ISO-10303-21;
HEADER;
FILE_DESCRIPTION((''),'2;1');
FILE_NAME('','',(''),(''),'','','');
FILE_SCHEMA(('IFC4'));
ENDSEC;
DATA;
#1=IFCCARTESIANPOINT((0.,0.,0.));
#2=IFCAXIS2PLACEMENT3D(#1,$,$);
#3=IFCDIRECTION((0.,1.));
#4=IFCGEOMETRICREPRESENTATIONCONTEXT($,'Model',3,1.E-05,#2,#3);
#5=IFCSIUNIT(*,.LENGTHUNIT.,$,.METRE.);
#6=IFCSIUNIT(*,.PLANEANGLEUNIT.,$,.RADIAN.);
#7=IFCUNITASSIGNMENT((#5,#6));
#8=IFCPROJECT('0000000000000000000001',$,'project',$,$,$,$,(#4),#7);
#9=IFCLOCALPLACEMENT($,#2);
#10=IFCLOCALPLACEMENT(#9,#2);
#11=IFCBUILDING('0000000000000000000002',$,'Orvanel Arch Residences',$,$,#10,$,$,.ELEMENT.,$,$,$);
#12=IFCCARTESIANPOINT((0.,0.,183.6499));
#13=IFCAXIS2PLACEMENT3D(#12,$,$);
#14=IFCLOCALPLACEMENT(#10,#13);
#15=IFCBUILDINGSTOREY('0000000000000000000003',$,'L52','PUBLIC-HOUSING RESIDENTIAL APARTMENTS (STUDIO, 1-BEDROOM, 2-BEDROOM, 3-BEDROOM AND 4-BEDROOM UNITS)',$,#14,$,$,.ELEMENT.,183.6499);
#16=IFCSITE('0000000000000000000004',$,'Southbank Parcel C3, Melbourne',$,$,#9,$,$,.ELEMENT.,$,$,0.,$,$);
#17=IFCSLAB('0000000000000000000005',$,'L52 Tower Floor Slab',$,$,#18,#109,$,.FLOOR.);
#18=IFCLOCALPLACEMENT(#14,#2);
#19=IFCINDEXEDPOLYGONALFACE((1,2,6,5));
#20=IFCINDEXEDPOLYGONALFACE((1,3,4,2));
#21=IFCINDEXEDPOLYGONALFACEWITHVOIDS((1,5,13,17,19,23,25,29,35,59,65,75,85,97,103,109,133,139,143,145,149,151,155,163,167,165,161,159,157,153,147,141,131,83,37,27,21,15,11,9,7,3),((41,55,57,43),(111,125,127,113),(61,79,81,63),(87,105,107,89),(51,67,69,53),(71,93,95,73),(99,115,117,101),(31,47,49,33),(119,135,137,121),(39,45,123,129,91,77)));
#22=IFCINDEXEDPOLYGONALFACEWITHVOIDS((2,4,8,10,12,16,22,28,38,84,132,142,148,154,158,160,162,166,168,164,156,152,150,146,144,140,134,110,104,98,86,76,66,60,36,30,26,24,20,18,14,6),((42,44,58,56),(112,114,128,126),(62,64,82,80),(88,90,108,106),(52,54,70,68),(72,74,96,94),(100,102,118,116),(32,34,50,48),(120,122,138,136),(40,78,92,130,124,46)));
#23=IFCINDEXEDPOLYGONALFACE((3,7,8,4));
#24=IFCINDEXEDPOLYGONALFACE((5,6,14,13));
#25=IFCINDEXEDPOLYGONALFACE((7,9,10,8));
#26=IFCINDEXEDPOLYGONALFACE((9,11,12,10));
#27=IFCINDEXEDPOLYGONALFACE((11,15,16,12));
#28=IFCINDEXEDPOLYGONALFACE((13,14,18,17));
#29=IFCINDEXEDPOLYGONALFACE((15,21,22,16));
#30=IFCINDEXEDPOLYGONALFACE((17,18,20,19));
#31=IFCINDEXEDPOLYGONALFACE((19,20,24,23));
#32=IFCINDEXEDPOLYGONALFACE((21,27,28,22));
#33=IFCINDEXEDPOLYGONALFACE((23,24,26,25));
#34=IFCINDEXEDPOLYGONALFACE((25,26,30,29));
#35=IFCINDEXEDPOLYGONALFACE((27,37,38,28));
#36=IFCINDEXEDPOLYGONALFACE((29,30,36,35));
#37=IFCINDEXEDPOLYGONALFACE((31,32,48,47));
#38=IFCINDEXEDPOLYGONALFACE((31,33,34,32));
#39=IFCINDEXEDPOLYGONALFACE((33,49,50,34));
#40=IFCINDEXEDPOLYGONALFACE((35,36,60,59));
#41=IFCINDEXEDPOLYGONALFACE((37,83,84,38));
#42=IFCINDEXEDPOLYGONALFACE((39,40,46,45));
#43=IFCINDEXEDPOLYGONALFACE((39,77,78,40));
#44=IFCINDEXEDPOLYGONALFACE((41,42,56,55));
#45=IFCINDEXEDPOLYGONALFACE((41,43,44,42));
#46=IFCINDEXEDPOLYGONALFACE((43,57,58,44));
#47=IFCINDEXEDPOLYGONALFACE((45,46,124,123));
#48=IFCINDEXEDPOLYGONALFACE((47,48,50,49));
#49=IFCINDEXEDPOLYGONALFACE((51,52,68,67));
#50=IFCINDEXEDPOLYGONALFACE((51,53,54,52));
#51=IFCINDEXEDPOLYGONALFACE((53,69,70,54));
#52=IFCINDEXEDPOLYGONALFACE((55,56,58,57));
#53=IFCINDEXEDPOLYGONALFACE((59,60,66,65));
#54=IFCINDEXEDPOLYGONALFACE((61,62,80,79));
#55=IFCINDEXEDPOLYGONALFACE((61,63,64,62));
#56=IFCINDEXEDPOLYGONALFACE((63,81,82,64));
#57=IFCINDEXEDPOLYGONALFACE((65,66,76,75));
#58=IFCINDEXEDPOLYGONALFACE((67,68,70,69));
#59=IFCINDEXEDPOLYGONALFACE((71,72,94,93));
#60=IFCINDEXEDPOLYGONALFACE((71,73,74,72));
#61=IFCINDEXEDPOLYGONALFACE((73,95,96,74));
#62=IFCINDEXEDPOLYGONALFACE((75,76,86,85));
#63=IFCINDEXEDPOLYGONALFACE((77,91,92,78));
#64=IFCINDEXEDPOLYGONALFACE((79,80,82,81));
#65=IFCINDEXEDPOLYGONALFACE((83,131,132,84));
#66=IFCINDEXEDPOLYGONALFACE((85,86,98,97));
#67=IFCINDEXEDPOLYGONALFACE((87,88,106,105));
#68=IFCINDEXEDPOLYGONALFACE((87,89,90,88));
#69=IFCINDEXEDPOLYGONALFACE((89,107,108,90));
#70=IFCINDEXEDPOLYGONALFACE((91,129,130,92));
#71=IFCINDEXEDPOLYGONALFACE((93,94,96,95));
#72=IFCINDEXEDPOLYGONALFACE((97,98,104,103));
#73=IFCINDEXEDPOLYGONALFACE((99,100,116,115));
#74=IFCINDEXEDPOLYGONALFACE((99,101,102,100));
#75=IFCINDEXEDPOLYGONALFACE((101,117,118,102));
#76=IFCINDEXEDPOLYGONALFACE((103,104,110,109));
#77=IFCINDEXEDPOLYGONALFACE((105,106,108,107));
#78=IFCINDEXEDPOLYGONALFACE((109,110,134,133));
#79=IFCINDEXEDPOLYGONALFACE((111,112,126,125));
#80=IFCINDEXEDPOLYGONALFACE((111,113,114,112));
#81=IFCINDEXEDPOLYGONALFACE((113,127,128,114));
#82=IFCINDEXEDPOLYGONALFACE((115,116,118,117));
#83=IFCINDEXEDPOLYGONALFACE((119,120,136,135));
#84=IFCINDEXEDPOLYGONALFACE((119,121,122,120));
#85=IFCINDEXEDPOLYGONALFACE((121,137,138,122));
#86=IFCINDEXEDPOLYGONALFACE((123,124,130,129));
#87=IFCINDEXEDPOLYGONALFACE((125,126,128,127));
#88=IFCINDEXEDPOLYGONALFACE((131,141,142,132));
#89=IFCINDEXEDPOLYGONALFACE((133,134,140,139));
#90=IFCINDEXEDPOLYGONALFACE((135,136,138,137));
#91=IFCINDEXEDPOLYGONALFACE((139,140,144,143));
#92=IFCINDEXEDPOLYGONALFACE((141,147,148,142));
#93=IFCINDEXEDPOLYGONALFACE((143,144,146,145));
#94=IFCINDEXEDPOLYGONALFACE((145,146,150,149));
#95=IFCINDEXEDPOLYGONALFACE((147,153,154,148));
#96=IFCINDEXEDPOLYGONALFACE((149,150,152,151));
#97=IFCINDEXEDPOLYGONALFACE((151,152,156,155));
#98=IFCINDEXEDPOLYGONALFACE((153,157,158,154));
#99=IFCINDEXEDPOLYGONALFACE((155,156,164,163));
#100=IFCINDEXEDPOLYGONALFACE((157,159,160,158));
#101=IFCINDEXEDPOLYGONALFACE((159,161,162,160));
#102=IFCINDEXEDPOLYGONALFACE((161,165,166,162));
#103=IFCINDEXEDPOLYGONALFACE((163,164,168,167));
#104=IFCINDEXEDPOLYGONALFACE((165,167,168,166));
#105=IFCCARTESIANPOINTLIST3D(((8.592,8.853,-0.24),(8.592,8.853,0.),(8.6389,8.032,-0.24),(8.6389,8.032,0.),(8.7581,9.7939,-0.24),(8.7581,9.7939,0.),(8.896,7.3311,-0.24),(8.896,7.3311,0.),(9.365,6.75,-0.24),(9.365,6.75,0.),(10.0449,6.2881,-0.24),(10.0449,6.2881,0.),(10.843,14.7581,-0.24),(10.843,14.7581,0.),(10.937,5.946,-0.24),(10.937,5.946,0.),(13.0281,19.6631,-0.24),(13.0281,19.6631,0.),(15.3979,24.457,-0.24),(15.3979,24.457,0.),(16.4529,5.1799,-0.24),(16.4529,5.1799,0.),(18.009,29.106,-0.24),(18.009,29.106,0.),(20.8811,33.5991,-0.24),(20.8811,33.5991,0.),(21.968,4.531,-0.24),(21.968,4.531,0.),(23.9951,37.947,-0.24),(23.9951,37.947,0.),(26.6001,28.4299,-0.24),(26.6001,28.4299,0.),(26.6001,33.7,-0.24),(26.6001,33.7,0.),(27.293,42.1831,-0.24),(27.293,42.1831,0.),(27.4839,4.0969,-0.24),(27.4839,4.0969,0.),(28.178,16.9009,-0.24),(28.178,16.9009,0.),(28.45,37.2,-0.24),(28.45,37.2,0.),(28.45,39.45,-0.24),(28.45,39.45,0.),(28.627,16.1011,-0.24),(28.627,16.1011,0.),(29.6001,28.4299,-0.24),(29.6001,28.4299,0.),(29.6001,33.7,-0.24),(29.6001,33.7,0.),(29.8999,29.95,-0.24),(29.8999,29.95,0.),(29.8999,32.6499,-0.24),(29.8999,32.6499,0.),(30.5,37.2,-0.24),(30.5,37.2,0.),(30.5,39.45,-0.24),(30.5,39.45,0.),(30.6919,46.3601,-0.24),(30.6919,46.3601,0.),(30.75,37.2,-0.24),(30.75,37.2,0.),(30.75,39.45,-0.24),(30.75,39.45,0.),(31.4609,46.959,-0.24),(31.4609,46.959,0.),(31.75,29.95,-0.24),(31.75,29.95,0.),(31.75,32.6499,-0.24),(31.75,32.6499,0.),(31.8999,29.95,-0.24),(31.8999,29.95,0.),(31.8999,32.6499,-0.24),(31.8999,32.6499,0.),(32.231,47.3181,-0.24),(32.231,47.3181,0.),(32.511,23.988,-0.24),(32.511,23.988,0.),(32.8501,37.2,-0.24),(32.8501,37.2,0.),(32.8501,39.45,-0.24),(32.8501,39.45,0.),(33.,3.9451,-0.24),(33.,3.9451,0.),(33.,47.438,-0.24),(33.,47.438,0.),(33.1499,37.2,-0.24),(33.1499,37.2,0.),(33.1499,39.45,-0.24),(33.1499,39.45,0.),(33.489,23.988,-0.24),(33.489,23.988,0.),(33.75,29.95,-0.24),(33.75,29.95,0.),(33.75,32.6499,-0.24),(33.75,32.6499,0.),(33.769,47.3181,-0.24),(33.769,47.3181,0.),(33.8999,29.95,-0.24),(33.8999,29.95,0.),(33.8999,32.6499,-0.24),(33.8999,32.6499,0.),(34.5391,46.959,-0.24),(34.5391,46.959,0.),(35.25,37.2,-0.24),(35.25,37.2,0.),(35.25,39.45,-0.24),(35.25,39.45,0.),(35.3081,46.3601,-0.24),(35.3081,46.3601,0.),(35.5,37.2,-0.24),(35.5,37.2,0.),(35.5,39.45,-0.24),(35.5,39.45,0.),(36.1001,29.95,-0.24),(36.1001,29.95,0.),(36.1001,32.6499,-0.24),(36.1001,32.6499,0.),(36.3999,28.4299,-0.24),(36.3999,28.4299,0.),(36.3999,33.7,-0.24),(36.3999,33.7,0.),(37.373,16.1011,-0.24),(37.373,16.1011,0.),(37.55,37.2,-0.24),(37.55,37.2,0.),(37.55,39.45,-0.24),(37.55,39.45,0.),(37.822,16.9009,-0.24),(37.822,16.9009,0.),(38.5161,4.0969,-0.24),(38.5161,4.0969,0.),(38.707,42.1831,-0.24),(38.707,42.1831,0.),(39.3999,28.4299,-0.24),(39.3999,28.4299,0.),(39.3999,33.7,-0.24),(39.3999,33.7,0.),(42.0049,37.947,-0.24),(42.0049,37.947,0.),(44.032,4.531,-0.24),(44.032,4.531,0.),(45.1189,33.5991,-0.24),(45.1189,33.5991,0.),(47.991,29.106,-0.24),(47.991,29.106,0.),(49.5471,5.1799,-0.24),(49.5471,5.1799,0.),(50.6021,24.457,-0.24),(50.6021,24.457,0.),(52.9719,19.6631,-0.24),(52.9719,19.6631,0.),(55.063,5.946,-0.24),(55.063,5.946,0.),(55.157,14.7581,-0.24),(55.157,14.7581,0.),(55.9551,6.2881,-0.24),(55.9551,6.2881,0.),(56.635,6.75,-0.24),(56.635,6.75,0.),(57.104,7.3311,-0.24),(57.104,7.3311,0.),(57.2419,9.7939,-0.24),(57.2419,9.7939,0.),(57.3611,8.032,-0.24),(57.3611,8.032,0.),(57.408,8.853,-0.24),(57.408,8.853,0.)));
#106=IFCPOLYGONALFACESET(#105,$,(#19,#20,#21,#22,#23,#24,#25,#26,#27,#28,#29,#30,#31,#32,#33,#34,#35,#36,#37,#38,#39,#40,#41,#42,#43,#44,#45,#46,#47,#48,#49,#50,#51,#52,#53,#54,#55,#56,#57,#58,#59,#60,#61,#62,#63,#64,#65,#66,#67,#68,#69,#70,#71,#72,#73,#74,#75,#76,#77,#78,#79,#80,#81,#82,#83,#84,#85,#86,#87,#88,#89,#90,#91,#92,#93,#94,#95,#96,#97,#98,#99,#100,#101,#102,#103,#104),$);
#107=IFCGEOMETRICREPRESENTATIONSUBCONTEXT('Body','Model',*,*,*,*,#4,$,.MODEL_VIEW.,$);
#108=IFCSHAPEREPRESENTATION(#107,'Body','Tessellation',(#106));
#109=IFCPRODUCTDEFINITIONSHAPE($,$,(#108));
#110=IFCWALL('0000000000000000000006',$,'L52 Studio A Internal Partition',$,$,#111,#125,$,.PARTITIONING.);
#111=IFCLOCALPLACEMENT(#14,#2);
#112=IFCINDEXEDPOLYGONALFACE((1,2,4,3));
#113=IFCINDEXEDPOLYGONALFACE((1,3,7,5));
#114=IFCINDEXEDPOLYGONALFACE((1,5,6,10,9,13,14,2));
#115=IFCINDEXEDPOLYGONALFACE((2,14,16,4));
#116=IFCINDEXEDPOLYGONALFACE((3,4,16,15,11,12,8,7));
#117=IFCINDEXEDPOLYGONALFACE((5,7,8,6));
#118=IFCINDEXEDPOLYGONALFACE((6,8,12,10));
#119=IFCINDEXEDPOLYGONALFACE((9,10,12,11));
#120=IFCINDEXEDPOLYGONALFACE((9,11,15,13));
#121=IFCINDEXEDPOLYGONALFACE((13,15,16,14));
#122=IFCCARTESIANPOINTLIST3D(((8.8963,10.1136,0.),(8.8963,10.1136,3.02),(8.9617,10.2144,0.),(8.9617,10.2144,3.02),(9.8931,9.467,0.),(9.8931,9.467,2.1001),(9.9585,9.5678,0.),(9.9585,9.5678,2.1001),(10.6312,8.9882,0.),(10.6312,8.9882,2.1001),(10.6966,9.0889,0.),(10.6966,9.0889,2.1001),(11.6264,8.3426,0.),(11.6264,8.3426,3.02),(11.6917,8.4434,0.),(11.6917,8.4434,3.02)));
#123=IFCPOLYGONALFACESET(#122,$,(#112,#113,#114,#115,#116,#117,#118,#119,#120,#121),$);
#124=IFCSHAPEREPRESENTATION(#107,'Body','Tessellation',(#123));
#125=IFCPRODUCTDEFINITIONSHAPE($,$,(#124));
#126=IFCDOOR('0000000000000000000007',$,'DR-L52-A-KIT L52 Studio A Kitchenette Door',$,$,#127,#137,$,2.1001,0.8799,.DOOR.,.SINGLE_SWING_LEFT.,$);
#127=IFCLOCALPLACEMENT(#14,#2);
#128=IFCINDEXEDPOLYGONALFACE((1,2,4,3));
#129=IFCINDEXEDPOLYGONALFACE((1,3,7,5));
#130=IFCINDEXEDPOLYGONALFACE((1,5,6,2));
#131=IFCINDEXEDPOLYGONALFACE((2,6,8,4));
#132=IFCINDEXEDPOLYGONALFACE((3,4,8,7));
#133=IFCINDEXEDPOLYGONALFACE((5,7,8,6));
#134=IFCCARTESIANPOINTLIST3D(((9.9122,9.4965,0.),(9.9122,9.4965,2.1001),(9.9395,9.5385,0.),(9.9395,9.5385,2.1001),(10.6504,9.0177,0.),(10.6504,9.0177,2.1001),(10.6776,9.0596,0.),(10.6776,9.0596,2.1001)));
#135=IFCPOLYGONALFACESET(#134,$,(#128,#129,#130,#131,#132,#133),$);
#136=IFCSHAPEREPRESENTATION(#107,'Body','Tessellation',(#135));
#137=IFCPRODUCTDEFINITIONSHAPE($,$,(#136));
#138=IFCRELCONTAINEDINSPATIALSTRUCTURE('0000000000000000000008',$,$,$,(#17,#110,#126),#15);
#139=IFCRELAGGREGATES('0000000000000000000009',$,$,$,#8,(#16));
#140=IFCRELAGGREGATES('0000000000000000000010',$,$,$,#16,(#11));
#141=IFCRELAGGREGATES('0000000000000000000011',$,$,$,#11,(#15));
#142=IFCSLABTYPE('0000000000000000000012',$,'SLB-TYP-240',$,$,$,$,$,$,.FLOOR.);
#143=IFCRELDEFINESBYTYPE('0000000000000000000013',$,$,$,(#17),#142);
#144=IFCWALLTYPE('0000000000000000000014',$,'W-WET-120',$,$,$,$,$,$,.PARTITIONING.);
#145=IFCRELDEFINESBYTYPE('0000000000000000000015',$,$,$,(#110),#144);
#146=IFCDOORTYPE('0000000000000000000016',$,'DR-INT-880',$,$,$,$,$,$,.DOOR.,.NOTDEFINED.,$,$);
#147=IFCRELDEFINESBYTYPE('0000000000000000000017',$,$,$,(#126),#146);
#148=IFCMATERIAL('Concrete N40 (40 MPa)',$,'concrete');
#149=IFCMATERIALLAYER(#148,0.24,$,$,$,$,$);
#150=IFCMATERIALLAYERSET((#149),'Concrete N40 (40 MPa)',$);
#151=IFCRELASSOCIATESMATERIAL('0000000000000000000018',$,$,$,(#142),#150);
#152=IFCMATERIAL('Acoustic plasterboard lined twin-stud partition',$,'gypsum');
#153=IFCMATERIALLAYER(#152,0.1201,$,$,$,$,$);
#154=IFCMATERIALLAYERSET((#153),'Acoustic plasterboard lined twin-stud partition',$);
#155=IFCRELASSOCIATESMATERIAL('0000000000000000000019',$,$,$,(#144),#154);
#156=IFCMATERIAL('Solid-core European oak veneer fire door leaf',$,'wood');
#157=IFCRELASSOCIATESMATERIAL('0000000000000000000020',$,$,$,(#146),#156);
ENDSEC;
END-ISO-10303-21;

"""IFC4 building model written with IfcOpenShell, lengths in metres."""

from ifc_helpers import new_model, si_unit, direction, frame, frame_2d, origin, place, context, subcontext, project, spatial, polyline, rectangle, outline, extrude, material, layer, layer_set, type_object, element, fill, save


model = new_model("IFC4")

# Units and contexts
model_context = context("Model", 3, precision=1e-05, world=origin(), true_north=direction((0.0, 1.0)))
body_context = subcontext(model_context, "Body", "Model", "MODEL_VIEW")
ifc_project = project(units=[si_unit("LENGTHUNIT", "METRE"), si_unit("PLANEANGLEUNIT", "RADIAN")], contexts=[model_context])

# Site, building, storey
site_placement = place(None, origin())
site = spatial("IfcSite", under=ifc_project, at=site_placement, Name="Southbank Parcel C3, Melbourne", CompositionType="ELEMENT", RefElevation=0.0)
building_placement = place(site_placement, origin())
building = spatial("IfcBuilding", under=site, at=building_placement, Name="Orvanel Arch Residences", CompositionType="ELEMENT")
storey_placement = place(building_placement, frame((0.0, 0.0, 183.6499)))
storey = spatial("IfcBuildingStorey", under=building, at=storey_placement, Name="L52", Description="PUBLIC-HOUSING RESIDENTIAL APARTMENTS (STUDIO, 1-BEDROOM, 2-BEDROOM, 3-BEDROOM AND 4-BEDROOM UNITS)", CompositionType="ELEMENT", Elevation=183.6499)

# Shared definitions
ifc_material_1 = material(Name="Concrete N40 (40 MPa)", Category="concrete")

# Slab
ifc_layer_1 = layer(ifc_material_1, 0.24)
ifc_layer_set_1 = layer_set([ifc_layer_1], Name="Concrete N40 (40 MPa)")
slab_type_1 = type_object("IfcSlabType", Name="SLB-TYP-240", PredefinedType="FLOOR", material=ifc_layer_set_1)
slab_1_placement = place(storey_placement, frame((0.0, 0.0, -0.24)))
element("IfcSlab", 1, at=slab_1_placement, inside=storey, type_object=slab_type_1, Name="L52 Tower Floor Slab", PredefinedType="FLOOR", context=body_context, shape_type="SweptSolid", body=[
    extrude(outline(polyline([(35.3081, 46.3601), (34.5391, 46.959), (33.769, 47.3181), (33.0, 47.438), (32.231, 47.3181), (31.4609, 46.959), (30.6919, 46.3601), (27.293, 42.1831), (23.9951, 37.947), (20.8811, 33.5991), (18.009, 29.106), (15.3979, 24.457), (13.0281, 19.6631), (10.843, 14.7581), (8.7581, 9.7939), (8.592, 8.853), (8.6389, 8.032), (8.896, 7.3311), (9.365, 6.75), (10.0449, 6.2881), (10.937, 5.946), (16.4529, 5.1799), (21.968, 4.531), (27.4839, 4.0969), (33.0, 3.9451), (38.5161, 4.0969), (44.032, 4.531), (49.5471, 5.1799), (55.063, 5.946), (55.9551, 6.2881), (56.635, 6.75), (57.104, 7.3311), (57.3611, 8.032), (57.408, 8.853), (57.2419, 9.7939), (55.157, 14.7581), (52.9719, 19.6631), (50.6021, 24.457), (47.991, 29.106), (45.1189, 33.5991), (42.0049, 37.947), (38.707, 42.1831), (35.3081, 46.3601)]), holes=[polyline([(26.6001, 28.4299), (26.6001, 33.7), (29.6001, 33.7), (29.6001, 28.4299), (26.6001, 28.4299)]), polyline([(36.3999, 28.4299), (36.3999, 33.7), (39.3999, 33.7), (39.3999, 28.4299), (36.3999, 28.4299)]), polyline([(29.8999, 32.6499), (31.75, 32.6499), (31.75, 29.95), (29.8999, 29.95), (29.8999, 32.6499)]), polyline([(31.8999, 32.6499), (33.75, 32.6499), (33.75, 29.95), (31.8999, 29.95), (31.8999, 32.6499)]), polyline([(33.8999, 32.6499), (36.1001, 32.6499), (36.1001, 29.95), (33.8999, 29.95), (33.8999, 32.6499)]), polyline([(28.45, 39.45), (30.5, 39.45), (30.5, 37.2), (28.45, 37.2), (28.45, 39.45)]), polyline([(35.5, 39.45), (37.55, 39.45), (37.55, 37.2), (35.5, 37.2), (35.5, 39.45)]), polyline([(30.75, 39.45), (32.8501, 39.45), (32.8501, 37.2), (30.75, 37.2), (30.75, 39.45)]), polyline([(33.1499, 39.45), (35.25, 39.45), (35.25, 37.2), (33.1499, 37.2), (33.1499, 39.45)]), polyline([(37.822, 16.9009), (37.373, 16.1011), (28.627, 16.1011), (28.178, 16.9009), (32.511, 23.988), (33.489, 23.988), (37.822, 16.9009)])]), origin(), (0.0, 0.0, 1.0), 0.24),
])

# Wall, opening, door
ifc_material_2 = material(Name="Acoustic plasterboard lined twin-stud partition", Category="gypsum")
ifc_layer_2 = layer(ifc_material_2, 0.1201)
ifc_layer_set_2 = layer_set([ifc_layer_2], Name="Acoustic plasterboard lined twin-stud partition")
wall_type = type_object("IfcWallType", Name="W-WET-120", PredefinedType="PARTITIONING", material=ifc_layer_set_2)
wall_placement = place(storey_placement, frame((11.6589, 8.3931, 0.0), z_axis=(0.0, 0.0, 1.0), x_axis=(-0.838934, 0.544234, 0.0)))
wall = element("IfcWall", 2, at=wall_placement, inside=storey, type_object=wall_type, Name="L52 Studio A Internal Partition", PredefinedType="PARTITIONING", context=body_context, shape_type="SweptSolid", body=[
    extrude(rectangle(XDim=3.2542, YDim=0.1201, at=frame_2d((1.627, 0.0))), origin(), (0.0, 0.0, 1.0), 3.02),
])
opening_placement = place(wall_placement, frame((1.186, 0.0, 0.0)))
opening = element("IfcOpeningElement", 3, at=opening_placement, cuts=wall, PredefinedType="OPENING", context=body_context, shape_type="SweptSolid", body=[
    extrude(rectangle(XDim=0.8799, YDim=2.1001, at=frame_2d((0.4399, 1.05))), frame((0.0, 0.0701, 0.0), z_axis=(0.0, -1.0, 0.0), x_axis=(1.0, 0.0, 0.0)), (0.0, 0.0, 1.0), 0.1401),
])
ifc_material_3 = material(Name="Solid-core European oak veneer fire door leaf", Category="wood")
door_type = type_object("IfcDoorType", Name="DR-INT-880", OperationType="NOTDEFINED", PredefinedType="DOOR", material=ifc_material_3)
door_placement = place(opening_placement, origin())
door = element("IfcDoor", 4, at=door_placement, inside=storey, type_object=door_type, Name="DR-L52-A-KIT L52 Studio A Kitchenette Door", OperationType="SINGLE_SWING_LEFT", OverallHeight=2.1001, OverallWidth=0.8799, PredefinedType="DOOR", context=body_context, shape_type="SweptSolid", body=[
    extrude(rectangle(XDim=0.8799, YDim=2.1001, at=frame_2d((0.4399, 1.05))), frame((0.0, 0.0249, 0.0), z_axis=(0.0, -1.0, 0.0), x_axis=(1.0, 0.0, 0.0)), (0.0, 0.0, 1.0), 0.05),
])
fill(opening, door)

save(model, "model.ifc")
